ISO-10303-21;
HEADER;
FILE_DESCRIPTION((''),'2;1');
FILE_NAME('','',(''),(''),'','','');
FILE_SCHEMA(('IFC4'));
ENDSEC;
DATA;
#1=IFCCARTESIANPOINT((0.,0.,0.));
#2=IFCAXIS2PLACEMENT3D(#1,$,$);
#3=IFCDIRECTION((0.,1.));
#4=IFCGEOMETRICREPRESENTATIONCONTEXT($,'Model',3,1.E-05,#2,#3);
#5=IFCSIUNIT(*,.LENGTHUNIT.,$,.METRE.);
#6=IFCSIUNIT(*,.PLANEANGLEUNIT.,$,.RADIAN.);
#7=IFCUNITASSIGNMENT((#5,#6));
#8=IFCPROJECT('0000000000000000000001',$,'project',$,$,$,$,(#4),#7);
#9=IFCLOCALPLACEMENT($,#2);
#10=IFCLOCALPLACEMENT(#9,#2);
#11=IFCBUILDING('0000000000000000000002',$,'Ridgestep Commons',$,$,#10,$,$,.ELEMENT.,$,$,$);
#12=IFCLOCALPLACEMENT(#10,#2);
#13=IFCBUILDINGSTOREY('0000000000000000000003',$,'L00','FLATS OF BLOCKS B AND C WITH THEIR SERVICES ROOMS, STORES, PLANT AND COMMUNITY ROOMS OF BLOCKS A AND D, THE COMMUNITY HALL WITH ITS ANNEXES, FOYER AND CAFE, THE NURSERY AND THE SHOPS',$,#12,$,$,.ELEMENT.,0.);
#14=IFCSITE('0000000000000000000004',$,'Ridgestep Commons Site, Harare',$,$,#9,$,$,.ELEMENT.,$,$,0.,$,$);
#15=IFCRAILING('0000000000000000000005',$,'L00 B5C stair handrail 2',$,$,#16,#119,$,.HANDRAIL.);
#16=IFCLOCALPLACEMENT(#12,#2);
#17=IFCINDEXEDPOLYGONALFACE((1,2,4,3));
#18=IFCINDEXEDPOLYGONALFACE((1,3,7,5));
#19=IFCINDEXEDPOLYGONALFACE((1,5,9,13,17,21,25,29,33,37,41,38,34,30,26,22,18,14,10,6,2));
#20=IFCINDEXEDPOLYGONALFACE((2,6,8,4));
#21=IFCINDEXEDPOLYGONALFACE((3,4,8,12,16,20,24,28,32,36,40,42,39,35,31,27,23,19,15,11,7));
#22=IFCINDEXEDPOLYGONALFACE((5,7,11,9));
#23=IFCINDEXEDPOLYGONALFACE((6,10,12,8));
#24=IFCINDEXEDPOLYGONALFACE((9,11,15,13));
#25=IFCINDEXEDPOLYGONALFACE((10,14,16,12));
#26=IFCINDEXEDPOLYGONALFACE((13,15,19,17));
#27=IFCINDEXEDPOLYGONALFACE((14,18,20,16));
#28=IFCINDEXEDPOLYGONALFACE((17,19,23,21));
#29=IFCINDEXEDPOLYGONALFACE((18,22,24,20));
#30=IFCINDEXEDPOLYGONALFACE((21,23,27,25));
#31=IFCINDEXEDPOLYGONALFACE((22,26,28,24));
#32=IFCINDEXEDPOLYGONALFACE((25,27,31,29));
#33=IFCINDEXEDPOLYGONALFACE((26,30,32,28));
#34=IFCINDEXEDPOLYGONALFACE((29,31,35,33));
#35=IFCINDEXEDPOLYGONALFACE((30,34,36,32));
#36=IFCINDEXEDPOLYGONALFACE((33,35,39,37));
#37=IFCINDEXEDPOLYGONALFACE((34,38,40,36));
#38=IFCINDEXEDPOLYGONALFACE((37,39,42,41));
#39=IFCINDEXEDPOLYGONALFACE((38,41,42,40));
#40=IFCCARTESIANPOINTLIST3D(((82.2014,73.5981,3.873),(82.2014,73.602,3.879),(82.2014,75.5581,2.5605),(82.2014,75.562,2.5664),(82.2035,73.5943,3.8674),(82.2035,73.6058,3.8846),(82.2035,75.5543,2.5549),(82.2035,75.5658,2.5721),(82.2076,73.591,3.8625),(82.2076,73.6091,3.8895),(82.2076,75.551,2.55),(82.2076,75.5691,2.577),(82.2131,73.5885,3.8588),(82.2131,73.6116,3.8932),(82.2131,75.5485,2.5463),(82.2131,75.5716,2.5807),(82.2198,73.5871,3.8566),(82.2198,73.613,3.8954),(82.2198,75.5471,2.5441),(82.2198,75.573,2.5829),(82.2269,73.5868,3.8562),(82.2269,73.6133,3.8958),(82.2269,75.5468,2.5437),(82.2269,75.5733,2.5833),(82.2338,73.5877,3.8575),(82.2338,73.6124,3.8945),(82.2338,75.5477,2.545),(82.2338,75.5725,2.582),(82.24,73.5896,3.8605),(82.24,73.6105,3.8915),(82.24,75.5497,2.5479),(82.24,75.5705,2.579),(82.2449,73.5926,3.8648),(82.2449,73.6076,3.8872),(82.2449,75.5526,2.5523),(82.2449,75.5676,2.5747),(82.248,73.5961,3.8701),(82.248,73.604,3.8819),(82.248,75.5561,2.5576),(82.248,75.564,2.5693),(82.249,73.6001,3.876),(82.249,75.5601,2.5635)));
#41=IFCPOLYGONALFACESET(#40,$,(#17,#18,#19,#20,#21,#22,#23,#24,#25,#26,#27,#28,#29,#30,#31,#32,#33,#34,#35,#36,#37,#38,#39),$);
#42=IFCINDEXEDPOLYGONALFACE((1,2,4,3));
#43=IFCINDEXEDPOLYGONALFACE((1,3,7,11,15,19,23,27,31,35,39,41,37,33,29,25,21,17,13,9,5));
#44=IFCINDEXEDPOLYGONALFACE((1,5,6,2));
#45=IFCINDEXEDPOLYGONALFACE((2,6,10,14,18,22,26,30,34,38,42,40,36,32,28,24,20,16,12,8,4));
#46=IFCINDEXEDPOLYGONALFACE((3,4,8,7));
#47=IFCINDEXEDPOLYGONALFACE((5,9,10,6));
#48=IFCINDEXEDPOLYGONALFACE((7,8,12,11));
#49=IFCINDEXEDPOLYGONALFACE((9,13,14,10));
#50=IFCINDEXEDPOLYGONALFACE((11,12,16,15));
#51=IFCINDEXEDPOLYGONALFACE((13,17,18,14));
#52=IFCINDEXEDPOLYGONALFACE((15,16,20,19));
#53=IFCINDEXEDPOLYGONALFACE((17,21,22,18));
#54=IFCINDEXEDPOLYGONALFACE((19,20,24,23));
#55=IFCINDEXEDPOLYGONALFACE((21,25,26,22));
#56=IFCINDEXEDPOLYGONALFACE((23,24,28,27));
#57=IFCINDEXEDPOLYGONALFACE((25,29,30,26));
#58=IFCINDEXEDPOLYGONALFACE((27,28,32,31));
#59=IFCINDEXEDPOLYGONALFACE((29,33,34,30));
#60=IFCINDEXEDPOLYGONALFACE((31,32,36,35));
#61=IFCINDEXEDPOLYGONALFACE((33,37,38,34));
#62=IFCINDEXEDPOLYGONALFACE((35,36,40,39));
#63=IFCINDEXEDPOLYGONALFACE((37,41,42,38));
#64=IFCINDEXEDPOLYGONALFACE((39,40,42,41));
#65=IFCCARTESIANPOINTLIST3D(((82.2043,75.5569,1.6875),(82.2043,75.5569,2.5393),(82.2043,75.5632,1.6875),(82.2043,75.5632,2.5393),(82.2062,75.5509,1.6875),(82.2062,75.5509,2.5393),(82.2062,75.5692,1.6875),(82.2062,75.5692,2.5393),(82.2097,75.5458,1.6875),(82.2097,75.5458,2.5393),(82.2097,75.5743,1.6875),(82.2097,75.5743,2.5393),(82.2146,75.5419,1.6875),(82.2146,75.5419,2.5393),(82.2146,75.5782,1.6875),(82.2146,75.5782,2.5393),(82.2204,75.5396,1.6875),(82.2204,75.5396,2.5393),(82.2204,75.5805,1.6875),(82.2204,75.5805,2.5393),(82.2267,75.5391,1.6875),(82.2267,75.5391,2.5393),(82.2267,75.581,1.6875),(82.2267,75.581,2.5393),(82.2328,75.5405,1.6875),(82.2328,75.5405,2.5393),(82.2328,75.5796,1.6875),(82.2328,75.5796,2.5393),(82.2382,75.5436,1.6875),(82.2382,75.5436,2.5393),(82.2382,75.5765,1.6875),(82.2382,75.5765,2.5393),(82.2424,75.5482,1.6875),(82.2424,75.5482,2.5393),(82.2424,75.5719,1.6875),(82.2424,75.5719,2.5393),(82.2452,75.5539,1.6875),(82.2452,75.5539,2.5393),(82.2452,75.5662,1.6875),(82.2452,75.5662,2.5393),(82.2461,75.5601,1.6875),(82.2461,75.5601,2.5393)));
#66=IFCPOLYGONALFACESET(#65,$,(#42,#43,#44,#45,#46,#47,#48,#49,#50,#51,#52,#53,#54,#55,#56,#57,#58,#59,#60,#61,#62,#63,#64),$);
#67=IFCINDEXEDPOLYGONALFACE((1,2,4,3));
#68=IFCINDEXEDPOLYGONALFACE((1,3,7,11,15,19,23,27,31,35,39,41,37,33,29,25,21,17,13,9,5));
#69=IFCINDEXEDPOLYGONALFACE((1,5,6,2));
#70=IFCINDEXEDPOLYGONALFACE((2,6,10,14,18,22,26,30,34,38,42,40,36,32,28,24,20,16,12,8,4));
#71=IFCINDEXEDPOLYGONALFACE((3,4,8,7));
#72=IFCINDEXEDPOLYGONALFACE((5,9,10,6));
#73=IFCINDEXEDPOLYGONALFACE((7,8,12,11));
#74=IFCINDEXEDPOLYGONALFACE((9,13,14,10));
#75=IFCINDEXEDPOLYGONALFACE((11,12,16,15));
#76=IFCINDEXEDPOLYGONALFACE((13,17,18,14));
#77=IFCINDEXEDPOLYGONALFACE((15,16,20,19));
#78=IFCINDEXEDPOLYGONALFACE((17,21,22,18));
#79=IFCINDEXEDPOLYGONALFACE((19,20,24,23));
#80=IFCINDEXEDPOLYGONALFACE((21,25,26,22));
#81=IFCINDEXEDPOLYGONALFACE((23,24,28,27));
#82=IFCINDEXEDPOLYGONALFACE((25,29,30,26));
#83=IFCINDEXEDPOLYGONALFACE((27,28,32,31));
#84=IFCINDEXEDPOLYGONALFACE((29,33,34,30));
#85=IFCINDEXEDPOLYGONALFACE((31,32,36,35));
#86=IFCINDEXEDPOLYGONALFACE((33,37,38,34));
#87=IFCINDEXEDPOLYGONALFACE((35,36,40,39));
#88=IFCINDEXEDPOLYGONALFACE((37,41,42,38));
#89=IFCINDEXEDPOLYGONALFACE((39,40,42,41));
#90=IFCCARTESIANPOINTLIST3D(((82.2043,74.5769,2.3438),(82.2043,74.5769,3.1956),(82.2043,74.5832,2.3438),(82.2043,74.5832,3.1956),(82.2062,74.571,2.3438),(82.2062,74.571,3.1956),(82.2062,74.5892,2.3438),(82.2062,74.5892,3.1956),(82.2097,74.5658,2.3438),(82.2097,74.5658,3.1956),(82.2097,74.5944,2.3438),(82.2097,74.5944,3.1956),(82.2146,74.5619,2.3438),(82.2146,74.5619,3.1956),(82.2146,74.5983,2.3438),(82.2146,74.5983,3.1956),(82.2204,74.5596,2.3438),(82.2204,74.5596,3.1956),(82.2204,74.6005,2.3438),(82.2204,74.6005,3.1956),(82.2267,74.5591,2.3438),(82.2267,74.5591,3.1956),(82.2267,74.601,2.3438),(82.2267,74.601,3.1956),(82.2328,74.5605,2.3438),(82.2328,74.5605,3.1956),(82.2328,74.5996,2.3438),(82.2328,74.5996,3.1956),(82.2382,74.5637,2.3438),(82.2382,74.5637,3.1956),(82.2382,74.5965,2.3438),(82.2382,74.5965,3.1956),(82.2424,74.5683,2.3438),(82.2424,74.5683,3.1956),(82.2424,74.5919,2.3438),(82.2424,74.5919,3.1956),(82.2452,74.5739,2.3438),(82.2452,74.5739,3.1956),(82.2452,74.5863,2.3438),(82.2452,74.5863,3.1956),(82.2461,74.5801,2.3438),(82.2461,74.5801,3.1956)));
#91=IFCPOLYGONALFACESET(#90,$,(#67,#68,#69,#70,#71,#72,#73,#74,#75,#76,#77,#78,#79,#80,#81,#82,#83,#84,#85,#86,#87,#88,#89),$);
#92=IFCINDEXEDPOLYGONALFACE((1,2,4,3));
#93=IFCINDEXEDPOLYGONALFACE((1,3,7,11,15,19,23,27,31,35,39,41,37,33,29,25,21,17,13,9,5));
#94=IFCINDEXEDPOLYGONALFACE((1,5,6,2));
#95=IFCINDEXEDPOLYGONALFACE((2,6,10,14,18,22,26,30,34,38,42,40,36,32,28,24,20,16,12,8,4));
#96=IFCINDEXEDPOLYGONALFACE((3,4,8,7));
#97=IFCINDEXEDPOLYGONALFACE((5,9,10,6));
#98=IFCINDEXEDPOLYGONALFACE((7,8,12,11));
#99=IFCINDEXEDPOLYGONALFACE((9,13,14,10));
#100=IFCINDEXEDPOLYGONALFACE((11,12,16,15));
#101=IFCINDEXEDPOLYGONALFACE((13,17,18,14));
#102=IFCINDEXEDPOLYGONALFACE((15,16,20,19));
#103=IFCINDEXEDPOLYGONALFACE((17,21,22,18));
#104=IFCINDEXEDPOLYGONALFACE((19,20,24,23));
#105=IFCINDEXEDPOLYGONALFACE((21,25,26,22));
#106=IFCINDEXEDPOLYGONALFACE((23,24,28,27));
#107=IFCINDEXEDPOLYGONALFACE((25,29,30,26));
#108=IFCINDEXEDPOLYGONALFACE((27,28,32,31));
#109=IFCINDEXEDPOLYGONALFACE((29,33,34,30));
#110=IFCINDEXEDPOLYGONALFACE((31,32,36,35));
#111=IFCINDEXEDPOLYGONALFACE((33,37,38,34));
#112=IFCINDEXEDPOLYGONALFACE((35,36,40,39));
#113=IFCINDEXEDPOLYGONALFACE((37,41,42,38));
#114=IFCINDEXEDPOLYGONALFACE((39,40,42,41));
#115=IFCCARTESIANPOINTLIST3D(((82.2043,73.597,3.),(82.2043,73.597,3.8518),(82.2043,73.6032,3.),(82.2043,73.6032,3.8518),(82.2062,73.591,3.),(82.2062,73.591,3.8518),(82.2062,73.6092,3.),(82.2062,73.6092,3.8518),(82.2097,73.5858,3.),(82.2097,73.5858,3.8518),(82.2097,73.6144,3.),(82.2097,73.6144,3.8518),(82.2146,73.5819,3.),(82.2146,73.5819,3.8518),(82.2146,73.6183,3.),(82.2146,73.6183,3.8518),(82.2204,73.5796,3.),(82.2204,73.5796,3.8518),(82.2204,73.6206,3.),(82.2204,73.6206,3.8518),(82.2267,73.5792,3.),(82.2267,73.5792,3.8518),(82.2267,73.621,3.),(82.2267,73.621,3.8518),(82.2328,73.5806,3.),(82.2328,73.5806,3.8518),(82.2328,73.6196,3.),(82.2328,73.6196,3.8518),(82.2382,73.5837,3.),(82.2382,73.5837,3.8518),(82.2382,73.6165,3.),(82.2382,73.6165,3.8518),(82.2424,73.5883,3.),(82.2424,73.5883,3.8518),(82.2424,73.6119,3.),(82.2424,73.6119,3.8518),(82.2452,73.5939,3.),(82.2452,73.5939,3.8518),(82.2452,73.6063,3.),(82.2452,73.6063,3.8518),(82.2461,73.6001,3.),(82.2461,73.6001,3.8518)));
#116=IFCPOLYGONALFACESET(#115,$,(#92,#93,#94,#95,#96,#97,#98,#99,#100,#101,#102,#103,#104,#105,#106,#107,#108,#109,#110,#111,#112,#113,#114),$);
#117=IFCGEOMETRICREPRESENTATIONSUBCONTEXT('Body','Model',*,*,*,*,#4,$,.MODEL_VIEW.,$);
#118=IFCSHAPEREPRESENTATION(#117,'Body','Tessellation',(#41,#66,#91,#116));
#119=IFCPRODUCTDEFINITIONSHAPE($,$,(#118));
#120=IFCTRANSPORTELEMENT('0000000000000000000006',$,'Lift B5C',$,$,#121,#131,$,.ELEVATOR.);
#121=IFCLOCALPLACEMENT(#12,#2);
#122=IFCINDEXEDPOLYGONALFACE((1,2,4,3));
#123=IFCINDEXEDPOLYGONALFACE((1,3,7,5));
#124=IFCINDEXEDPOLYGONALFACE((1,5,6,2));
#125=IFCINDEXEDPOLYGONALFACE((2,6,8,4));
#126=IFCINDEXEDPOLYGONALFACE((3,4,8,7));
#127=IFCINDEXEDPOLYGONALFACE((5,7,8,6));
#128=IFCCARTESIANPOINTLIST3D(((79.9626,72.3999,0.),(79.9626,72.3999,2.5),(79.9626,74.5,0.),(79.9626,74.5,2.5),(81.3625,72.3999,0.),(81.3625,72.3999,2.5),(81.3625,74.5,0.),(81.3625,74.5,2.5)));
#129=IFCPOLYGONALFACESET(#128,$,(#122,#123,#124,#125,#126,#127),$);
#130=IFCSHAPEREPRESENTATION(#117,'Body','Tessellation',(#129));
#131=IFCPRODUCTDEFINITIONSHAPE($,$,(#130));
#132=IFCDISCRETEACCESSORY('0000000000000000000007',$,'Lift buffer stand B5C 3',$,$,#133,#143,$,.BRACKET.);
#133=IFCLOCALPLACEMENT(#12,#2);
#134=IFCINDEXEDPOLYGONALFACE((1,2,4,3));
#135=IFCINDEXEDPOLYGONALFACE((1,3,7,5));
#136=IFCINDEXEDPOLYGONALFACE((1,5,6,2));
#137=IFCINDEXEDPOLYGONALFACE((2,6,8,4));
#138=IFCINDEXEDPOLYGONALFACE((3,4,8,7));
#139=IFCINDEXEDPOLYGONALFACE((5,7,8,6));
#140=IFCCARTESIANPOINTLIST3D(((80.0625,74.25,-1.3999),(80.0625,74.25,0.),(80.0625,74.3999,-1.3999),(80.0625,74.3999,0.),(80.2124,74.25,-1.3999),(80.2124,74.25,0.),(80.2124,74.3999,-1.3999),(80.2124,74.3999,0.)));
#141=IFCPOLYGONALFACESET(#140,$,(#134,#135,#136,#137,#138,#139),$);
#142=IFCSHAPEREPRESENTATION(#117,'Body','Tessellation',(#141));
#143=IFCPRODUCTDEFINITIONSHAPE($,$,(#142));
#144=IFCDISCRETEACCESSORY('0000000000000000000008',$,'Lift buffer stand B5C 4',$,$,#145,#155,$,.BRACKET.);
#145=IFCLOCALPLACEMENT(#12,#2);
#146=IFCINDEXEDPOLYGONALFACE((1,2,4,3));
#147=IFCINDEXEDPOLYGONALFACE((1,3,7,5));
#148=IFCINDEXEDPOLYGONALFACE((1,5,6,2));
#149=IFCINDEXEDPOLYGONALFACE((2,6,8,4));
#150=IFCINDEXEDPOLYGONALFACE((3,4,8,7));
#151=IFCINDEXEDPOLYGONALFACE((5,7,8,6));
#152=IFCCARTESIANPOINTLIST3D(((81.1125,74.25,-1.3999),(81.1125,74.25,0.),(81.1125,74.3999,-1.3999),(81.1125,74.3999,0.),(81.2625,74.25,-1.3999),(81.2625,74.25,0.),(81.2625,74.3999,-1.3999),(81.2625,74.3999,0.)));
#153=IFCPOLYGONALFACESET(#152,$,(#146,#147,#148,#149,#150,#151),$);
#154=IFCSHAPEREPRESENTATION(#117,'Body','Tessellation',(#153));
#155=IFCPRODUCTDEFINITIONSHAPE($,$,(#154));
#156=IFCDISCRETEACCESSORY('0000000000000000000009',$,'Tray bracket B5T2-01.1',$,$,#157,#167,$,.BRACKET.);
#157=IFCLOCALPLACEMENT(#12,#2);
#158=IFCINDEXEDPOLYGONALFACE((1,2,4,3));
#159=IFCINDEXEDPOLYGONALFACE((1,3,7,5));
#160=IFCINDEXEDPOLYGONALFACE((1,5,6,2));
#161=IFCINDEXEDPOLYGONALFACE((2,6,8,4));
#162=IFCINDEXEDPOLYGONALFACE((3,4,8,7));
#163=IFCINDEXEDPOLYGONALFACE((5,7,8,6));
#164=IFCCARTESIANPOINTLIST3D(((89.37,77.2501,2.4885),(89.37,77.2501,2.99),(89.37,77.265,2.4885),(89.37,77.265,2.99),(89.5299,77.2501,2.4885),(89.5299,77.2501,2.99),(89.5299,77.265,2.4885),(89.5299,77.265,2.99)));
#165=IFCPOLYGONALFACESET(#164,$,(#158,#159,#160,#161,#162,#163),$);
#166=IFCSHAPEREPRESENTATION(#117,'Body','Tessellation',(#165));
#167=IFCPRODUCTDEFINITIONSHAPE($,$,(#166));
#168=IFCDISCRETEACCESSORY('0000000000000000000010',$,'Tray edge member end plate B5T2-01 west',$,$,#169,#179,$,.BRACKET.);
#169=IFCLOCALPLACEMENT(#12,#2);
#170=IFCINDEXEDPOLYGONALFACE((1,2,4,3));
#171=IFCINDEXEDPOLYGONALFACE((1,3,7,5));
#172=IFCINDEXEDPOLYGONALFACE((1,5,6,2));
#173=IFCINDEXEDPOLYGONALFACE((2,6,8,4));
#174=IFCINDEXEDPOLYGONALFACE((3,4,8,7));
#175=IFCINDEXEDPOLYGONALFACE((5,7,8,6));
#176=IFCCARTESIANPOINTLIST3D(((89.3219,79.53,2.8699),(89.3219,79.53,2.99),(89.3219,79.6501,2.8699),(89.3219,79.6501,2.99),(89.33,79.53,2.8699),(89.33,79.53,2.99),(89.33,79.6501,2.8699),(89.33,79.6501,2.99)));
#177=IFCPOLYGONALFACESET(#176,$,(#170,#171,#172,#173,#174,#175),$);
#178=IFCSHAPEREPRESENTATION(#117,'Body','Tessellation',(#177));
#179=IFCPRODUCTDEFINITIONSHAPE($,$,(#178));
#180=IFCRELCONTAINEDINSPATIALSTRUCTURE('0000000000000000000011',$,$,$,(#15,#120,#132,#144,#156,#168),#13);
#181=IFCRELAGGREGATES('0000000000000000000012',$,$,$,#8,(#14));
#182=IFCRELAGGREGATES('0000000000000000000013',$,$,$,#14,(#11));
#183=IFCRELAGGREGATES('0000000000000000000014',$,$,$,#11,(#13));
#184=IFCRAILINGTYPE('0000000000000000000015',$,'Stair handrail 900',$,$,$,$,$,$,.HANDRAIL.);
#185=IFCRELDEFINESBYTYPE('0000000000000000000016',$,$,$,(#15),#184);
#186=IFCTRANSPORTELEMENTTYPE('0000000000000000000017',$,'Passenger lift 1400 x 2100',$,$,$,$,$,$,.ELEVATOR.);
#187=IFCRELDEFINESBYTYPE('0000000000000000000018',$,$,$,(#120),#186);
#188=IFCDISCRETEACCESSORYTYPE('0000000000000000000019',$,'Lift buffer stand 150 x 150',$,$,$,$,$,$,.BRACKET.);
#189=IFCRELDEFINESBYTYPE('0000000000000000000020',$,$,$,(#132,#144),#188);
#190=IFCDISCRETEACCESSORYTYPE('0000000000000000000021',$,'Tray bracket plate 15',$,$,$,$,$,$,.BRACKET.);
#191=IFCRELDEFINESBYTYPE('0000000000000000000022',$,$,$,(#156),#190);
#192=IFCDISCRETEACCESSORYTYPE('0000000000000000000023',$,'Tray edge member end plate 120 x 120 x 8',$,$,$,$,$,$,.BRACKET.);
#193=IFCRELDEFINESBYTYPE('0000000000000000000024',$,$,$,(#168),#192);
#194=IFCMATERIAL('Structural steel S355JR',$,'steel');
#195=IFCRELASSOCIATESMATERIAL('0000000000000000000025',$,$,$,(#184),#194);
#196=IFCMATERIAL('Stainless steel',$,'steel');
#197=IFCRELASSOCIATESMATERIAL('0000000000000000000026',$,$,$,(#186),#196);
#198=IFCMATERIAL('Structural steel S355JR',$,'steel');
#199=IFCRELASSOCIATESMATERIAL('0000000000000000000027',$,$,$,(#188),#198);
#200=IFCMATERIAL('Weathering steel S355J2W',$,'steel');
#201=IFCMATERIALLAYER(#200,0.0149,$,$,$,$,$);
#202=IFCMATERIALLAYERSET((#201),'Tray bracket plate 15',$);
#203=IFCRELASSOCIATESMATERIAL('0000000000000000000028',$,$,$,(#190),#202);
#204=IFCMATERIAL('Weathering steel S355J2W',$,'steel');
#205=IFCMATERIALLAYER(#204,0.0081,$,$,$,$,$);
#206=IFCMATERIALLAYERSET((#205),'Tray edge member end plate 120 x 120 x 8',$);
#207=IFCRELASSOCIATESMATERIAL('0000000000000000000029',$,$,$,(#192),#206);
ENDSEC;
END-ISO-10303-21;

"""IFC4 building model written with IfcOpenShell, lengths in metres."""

from ifc_helpers import new_model, si_unit, direction, frame, origin, origin_2d, place, context, subcontext, project, spatial, rectangle, circle, extrude, material, layer, layer_set, type_object, element, save


model = new_model("IFC4")

# Units and contexts
model_context = context("Model", 3, precision=1e-05, world=origin(), true_north=direction((0.0, 1.0)))
body_context = subcontext(model_context, "Body", "Model", "MODEL_VIEW")
ifc_project = project(units=[si_unit("LENGTHUNIT", "METRE"), si_unit("PLANEANGLEUNIT", "RADIAN")], contexts=[model_context])

# Site, building, storey
site_placement = place(None, origin())
site = spatial("IfcSite", under=ifc_project, at=site_placement, Name="Ridgestep Commons Site, Harare", CompositionType="ELEMENT", RefElevation=0.0)
building_placement = place(site_placement, origin())
building = spatial("IfcBuilding", under=site, at=building_placement, Name="Ridgestep Commons", CompositionType="ELEMENT")
storey_placement = place(building_placement, origin())
storey = spatial("IfcBuildingStorey", under=building, at=storey_placement, Name="L00", Description="FLATS OF BLOCKS B AND C WITH THEIR SERVICES ROOMS, STORES, PLANT AND COMMUNITY ROOMS OF BLOCKS A AND D, THE COMMUNITY HALL WITH ITS ANNEXES, FOYER AND CAFE, THE NURSERY AND THE SHOPS", CompositionType="ELEMENT", Elevation=0.0)

# Railing
ifc_material_1 = material(Name="Structural steel S355JR", Category="steel")
railing_type_1 = type_object("IfcRailingType", Name="Stair handrail 900", PredefinedType="HANDRAIL", material=ifc_material_1)
railing_1_placement = place(storey_placement, frame((82.2251, 75.5601, 1.6875)))
element("IfcRailing", 1, at=railing_1_placement, inside=storey, type_object=railing_type_1, Name="L00 B5C stair handrail 2", PredefinedType="HANDRAIL", context=body_context, shape_type="SweptSolid", body=[
    extrude(circle(Radius=0.0239, at=origin_2d()), frame((0.0, 0.0, 0.876), z_axis=(0.0, -0.830902, 0.556419), x_axis=(1.0, 0.0, 0.0)), (0.0, 0.0, 1.0), 2.3589),
    extrude(circle(Radius=0.021, at=origin_2d()), origin(), (0.0, 0.0, 1.0), 0.8518),
    extrude(circle(Radius=0.021, at=origin_2d()), frame((0.0, -0.98, 0.6562)), (0.0, 0.0, 1.0), 0.8518),
    extrude(circle(Radius=0.021, at=origin_2d()), frame((0.0, -1.96, 1.3125)), (0.0, 0.0, 1.0), 0.8518),
])

# Transport element
ifc_material_2 = material(Name="Stainless steel", Category="steel")
transport_element_type = type_object("IfcTransportElementType", Name="Passenger lift 1400 x 2100", PredefinedType="ELEVATOR", material=ifc_material_2)
transport_element_placement = place(storey_placement, frame((80.6626, 73.45, 0.0), z_axis=(0.0, 0.0, 1.0), x_axis=(1.0, 0.0, 0.0)))
element("IfcTransportElement", 2, at=transport_element_placement, inside=storey, type_object=transport_element_type, Name="Lift B5C", PredefinedType="ELEVATOR", context=body_context, shape_type="SweptSolid", body=[
    extrude(rectangle(XDim=1.3999, YDim=2.1001, at=origin_2d()), origin(), (0.0, 0.0, 1.0), 2.5),
])

# Discrete accessories
ifc_material_3 = material(Name="Structural steel S355JR", Category="steel")
discrete_accessory_type_1 = type_object("IfcDiscreteAccessoryType", Name="Lift buffer stand 150 x 150", PredefinedType="BRACKET", material=ifc_material_3)
for number, where, z_axis, x_axis, name in (
    (3, (80.1375, 74.325, -1.3999), (0.0, 0.0, 1.0), (1.0, 0.0, 0.0), "Lift buffer stand B5C 3"),
    (4, (81.1875, 74.325, -1.3999), (0.0, 0.0, 1.0), (1.0, 0.0, 0.0), "Lift buffer stand B5C 4"),
):
    element("IfcDiscreteAccessory", number, at=place(storey_placement, frame(where, z_axis=z_axis, x_axis=x_axis)), inside=storey, type_object=discrete_accessory_type_1, Name=name, PredefinedType="BRACKET", context=body_context, shape_type="SweptSolid", body=[
        extrude(rectangle(XDim=0.1499, YDim=0.1499, at=origin_2d()), origin(), (0.0, 0.0, 1.0), 1.3999),
    ])
ifc_material_4 = material(Name="Weathering steel S355J2W", Category="steel")
ifc_layer_1 = layer(ifc_material_4, 0.0149)
ifc_layer_set_1 = layer_set([ifc_layer_1], Name="Tray bracket plate 15")
discrete_accessory_type_2 = type_object("IfcDiscreteAccessoryType", Name="Tray bracket plate 15", PredefinedType="BRACKET", material=ifc_layer_set_1)
discrete_accessory_1_placement = place(storey_placement, frame((89.45, 77.2576, 2.4885), z_axis=(0.0, 0.0, 1.0), x_axis=(1.0, 0.0, 0.0)))
element("IfcDiscreteAccessory", 5, at=discrete_accessory_1_placement, inside=storey, type_object=discrete_accessory_type_2, Name="Tray bracket B5T2-01.1", PredefinedType="BRACKET", context=body_context, shape_type="SweptSolid", body=[
    extrude(rectangle(XDim=0.1599, YDim=0.0149, at=origin_2d()), origin(), (0.0, 0.0, 1.0), 0.5015),
])
ifc_material_5 = material(Name="Weathering steel S355J2W", Category="steel")
ifc_layer_2 = layer(ifc_material_5, 0.0081)
ifc_layer_set_2 = layer_set([ifc_layer_2], Name="Tray edge member end plate 120 x 120 x 8")
discrete_accessory_type_3 = type_object("IfcDiscreteAccessoryType", Name="Tray edge member end plate 120 x 120 x 8", PredefinedType="BRACKET", material=ifc_layer_set_2)
discrete_accessory_2_placement = place(storey_placement, frame((89.3259, 79.5901, 2.8699), z_axis=(0.0, 0.0, 1.0), x_axis=(1.0, 0.0, 0.0)))
element("IfcDiscreteAccessory", 6, at=discrete_accessory_2_placement, inside=storey, type_object=discrete_accessory_type_3, Name="Tray edge member end plate B5T2-01 west", PredefinedType="BRACKET", context=body_context, shape_type="SweptSolid", body=[
    extrude(rectangle(XDim=0.0081, YDim=0.1201, at=origin_2d()), origin(), (0.0, 0.0, 1.0), 0.1201),
])

save(model, "model.ifc")
